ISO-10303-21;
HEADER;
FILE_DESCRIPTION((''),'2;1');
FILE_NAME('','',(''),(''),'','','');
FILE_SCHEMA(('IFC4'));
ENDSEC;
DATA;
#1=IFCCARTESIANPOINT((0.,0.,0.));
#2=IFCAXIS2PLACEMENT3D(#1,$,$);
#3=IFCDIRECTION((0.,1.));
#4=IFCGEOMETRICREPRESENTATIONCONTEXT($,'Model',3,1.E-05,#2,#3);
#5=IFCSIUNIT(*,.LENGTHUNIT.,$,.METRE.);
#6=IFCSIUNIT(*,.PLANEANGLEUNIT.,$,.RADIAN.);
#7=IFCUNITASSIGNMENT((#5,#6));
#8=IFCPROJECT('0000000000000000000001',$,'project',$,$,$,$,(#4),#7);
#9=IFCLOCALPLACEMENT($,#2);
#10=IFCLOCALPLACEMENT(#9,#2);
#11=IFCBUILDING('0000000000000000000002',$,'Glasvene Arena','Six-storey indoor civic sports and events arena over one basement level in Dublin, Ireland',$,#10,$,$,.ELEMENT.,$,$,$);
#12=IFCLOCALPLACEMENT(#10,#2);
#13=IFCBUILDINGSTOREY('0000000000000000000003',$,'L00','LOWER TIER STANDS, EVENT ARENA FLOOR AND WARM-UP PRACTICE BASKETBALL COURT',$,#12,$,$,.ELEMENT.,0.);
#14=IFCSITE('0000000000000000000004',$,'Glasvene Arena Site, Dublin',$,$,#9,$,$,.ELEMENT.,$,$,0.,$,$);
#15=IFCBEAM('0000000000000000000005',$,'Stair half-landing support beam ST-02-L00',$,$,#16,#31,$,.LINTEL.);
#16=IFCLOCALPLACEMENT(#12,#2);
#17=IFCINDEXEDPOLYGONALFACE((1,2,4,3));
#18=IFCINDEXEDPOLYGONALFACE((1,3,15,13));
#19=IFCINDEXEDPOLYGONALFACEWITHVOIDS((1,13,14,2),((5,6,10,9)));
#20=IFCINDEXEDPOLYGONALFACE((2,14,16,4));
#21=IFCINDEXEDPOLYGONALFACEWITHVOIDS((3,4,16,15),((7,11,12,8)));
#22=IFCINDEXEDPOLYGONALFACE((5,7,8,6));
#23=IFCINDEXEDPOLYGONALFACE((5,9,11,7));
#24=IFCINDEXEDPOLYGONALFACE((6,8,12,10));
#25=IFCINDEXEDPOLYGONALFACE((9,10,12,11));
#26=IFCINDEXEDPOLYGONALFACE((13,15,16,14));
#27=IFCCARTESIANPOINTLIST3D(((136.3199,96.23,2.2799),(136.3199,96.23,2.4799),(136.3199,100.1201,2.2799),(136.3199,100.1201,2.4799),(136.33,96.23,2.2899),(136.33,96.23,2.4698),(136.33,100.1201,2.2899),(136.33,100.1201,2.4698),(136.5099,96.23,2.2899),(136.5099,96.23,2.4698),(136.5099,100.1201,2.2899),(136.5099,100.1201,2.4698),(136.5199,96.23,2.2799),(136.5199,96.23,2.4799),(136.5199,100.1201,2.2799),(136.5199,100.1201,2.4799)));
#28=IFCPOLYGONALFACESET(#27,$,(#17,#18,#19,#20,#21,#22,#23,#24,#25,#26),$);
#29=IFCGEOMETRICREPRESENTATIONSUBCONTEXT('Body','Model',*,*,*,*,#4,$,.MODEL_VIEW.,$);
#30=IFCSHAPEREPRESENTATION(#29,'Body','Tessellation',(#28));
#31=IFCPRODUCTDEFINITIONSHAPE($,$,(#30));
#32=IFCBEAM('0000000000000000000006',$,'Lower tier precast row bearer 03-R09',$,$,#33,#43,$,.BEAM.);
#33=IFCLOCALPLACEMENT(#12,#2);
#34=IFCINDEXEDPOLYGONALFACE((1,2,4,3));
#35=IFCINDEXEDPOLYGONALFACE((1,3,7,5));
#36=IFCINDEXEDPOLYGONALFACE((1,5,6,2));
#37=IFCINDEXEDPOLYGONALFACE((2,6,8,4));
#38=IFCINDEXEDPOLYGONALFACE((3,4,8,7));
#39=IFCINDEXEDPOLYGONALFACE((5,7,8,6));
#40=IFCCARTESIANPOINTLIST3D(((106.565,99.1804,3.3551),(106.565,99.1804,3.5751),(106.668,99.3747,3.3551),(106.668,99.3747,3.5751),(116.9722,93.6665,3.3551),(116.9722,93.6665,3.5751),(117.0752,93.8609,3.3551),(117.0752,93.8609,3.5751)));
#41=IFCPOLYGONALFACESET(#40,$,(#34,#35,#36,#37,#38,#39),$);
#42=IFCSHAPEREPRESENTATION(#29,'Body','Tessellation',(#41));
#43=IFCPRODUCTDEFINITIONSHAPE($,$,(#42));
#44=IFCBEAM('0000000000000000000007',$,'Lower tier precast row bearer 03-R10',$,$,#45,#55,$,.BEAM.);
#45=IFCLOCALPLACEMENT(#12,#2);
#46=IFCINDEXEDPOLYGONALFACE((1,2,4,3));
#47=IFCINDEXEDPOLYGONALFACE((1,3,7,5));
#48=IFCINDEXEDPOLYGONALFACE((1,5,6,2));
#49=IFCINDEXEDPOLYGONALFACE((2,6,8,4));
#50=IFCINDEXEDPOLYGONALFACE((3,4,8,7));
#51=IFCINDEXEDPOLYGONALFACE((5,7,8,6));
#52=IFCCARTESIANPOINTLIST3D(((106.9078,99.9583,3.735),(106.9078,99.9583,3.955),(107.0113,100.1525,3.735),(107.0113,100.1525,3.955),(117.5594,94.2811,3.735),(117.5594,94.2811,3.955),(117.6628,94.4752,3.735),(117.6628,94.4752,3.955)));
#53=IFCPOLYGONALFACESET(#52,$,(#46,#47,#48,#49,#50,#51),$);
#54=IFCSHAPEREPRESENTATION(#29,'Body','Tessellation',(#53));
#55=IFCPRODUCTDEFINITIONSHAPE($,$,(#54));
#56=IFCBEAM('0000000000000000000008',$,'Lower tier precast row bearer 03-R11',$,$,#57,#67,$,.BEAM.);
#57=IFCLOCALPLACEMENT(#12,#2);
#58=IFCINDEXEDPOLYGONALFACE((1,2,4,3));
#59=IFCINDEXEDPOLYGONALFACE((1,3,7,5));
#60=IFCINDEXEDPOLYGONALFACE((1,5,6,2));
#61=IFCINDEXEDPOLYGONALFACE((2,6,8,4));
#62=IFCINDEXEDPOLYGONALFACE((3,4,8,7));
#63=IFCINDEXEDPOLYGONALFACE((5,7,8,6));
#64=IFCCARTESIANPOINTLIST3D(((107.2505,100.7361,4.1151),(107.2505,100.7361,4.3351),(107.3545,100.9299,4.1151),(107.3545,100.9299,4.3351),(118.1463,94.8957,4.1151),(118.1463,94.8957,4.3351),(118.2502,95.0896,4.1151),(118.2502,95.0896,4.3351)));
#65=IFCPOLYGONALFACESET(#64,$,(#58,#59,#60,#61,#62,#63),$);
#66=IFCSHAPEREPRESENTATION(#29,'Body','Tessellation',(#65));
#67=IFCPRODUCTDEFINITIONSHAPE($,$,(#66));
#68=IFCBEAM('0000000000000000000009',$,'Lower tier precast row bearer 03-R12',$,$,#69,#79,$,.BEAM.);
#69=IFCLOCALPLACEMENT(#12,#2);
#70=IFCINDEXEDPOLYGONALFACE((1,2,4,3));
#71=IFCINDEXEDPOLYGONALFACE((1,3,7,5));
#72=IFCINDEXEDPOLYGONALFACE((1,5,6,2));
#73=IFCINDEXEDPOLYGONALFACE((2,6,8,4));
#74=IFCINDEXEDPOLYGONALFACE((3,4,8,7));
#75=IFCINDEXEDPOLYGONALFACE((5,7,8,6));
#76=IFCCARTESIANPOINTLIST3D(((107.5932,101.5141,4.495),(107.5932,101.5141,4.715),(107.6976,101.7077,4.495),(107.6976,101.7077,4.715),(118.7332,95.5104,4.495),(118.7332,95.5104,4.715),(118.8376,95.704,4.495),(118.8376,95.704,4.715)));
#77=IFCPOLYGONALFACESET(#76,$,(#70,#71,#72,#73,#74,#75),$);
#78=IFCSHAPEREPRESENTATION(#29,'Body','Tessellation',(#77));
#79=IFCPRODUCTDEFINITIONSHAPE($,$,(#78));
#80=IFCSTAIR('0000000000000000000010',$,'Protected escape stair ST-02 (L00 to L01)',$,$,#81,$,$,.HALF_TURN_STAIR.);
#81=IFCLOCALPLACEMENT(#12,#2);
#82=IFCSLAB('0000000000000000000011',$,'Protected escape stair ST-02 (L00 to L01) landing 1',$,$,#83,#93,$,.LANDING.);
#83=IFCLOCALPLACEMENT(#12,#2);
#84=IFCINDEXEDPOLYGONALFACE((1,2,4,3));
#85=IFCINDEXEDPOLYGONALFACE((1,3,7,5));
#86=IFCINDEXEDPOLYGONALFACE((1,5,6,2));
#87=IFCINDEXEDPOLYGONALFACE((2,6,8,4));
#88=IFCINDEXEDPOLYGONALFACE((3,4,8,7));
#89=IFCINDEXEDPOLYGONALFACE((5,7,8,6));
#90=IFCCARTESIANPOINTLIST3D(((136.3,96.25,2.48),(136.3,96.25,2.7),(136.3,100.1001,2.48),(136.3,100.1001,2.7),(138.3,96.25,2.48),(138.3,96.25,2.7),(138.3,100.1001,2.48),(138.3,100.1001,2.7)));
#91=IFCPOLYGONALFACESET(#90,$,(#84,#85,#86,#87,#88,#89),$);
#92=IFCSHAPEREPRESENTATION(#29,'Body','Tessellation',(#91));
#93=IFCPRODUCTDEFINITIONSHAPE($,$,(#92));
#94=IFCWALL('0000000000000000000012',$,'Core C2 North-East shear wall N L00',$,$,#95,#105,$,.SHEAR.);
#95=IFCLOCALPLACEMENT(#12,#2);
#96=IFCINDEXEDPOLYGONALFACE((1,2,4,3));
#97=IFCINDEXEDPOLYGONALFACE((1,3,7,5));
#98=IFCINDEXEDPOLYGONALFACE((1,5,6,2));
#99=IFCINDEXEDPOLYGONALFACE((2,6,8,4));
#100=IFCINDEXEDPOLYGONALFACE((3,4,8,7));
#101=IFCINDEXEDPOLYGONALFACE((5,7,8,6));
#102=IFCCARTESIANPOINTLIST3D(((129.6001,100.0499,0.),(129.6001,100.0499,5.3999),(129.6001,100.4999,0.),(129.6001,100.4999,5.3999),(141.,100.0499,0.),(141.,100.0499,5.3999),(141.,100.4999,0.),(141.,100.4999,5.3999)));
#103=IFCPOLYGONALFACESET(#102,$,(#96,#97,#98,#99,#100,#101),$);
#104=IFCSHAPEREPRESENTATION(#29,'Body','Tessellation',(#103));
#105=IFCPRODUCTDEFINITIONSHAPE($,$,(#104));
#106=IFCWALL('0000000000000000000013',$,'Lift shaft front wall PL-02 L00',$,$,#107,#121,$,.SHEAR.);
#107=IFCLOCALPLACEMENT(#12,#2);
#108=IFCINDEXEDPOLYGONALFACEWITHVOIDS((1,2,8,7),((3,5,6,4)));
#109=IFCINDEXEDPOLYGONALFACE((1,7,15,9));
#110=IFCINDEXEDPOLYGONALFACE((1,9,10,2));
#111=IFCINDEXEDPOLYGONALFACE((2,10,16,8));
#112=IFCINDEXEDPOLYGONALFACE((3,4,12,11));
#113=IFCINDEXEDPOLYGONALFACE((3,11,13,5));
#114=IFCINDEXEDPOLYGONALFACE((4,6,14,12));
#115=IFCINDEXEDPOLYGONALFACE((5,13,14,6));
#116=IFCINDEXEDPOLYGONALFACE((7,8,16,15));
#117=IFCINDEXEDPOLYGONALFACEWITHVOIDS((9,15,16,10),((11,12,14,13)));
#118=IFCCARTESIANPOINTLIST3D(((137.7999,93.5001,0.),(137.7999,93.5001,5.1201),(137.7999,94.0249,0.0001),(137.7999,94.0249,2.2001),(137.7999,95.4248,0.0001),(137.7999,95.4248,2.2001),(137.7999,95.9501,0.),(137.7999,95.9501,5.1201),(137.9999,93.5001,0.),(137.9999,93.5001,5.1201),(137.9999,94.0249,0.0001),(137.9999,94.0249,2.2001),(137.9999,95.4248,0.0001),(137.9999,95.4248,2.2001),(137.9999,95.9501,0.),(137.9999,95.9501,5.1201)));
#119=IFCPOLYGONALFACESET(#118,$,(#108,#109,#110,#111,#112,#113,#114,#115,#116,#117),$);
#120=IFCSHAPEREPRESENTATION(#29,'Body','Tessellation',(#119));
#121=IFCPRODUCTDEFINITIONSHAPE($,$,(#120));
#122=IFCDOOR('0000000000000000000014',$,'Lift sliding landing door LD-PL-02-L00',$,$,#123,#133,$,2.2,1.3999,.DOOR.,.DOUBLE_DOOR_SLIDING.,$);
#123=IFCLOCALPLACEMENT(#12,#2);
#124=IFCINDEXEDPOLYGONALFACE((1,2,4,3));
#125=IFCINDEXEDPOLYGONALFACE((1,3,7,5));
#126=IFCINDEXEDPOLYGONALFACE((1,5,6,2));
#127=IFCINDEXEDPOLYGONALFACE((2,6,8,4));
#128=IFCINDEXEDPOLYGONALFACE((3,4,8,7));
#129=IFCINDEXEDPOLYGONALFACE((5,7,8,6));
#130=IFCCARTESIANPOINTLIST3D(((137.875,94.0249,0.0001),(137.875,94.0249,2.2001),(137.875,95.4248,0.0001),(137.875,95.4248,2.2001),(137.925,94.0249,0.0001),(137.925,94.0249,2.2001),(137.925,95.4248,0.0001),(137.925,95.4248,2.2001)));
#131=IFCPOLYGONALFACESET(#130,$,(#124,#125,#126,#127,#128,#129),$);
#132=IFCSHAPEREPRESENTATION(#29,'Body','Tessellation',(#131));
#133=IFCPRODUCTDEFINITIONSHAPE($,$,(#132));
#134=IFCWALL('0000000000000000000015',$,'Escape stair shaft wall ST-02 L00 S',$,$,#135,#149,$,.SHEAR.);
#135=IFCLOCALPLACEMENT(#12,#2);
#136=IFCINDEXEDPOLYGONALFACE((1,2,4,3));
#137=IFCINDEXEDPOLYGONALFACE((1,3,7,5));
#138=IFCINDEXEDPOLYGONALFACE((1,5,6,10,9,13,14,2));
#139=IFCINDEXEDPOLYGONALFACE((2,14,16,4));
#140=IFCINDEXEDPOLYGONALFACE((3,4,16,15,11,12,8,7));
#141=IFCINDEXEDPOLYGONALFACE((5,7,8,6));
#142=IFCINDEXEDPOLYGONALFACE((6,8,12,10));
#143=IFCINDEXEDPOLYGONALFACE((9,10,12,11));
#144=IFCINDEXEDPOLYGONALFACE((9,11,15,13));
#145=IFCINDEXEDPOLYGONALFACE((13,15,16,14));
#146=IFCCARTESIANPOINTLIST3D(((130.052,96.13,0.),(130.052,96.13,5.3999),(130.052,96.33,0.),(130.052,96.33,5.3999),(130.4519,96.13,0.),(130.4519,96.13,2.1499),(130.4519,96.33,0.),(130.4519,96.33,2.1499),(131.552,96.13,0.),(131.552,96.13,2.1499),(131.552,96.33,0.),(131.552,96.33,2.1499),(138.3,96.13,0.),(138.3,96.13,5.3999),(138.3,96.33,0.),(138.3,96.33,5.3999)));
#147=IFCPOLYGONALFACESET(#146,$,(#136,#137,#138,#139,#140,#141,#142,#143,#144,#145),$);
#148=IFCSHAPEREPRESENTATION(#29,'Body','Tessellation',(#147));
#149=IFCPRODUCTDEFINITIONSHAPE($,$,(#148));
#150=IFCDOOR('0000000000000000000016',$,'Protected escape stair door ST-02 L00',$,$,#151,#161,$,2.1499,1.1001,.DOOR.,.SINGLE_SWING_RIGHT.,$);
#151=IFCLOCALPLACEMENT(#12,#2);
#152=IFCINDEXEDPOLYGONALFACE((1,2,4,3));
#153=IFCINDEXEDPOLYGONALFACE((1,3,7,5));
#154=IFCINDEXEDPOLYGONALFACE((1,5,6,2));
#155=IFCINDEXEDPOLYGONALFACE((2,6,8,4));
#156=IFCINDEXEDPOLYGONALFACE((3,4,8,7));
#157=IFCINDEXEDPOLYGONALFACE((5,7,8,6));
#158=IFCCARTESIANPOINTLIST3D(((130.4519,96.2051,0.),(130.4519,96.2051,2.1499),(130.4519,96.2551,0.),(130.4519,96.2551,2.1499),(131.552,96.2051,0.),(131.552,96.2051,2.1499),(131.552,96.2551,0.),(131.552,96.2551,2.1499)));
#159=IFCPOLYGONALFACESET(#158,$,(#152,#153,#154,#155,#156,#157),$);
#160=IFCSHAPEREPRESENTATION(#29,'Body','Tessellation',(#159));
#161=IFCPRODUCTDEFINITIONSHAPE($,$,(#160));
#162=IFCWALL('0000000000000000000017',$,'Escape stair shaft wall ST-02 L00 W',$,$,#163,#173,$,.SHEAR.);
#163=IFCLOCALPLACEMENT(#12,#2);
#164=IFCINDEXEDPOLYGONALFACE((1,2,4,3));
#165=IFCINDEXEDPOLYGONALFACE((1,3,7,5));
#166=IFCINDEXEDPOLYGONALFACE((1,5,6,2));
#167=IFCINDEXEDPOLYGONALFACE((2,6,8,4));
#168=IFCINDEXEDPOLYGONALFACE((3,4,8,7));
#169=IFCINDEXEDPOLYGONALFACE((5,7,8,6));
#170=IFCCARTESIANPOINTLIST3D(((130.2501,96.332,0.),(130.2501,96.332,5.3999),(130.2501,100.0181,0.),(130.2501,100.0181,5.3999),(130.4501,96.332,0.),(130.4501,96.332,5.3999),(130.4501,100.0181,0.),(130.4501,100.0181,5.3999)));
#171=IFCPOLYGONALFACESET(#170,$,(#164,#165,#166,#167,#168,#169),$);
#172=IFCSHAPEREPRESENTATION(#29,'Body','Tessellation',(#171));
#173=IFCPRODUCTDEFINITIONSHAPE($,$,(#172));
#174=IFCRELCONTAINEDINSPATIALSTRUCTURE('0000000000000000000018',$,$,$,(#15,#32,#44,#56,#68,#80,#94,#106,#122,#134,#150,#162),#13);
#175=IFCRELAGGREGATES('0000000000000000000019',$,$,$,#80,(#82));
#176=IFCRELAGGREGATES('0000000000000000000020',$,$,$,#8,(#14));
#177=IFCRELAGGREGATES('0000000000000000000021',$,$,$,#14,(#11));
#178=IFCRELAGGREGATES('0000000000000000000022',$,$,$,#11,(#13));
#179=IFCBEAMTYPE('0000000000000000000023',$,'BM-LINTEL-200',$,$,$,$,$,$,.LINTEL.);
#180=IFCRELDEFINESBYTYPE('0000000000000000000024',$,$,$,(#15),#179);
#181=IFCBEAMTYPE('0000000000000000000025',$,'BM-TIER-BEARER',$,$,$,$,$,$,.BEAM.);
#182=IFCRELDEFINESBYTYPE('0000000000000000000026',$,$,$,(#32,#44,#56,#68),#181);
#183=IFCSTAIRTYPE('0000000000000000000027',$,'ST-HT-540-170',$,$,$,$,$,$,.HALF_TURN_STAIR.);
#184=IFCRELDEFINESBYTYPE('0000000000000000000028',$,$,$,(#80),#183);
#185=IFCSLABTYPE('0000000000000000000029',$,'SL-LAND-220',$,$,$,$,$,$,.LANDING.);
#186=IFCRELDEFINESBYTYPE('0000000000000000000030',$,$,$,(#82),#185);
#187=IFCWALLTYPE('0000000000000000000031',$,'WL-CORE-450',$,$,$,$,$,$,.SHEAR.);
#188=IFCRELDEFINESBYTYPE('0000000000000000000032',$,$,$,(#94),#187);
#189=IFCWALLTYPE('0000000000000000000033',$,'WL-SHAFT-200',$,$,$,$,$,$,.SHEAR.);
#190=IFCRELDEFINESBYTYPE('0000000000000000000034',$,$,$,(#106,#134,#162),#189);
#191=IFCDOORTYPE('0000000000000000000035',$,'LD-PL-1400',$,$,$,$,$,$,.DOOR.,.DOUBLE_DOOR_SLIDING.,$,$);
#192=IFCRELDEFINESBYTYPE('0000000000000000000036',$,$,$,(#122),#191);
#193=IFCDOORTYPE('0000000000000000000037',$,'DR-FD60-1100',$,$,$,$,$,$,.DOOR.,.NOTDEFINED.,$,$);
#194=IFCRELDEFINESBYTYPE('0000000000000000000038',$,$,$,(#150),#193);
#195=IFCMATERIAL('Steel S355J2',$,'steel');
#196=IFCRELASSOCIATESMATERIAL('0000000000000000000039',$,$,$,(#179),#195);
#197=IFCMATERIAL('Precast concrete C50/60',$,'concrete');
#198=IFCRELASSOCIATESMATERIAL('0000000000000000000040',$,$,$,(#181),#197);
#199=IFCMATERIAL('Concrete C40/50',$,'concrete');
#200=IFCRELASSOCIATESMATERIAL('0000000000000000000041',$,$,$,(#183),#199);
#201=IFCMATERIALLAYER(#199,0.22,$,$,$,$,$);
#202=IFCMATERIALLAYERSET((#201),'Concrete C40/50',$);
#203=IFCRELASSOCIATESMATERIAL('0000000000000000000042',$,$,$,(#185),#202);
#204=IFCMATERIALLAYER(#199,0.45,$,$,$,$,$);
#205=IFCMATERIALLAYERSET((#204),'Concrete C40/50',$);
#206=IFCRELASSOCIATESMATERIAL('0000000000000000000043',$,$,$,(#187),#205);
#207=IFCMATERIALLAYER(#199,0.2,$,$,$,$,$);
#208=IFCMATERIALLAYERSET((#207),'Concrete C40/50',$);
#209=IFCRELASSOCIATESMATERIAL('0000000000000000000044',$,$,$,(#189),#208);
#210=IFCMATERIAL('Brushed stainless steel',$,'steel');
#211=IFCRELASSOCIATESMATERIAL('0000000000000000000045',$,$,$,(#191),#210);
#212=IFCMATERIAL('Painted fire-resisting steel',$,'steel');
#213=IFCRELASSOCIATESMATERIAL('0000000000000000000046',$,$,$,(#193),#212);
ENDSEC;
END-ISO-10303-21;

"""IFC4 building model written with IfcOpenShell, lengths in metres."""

from ifc_helpers import new_model, si_unit, direction, frame, frame_2d, origin, origin_2d, place, context, subcontext, project, spatial, polyline, rectangle, hollow_rectangle, outline, extrude, material, layer, layer_set, material_profile, profile_set, type_object, element, fill, aggregate, save


model = new_model("IFC4")

# Units and contexts
model_context = context("Model", 3, precision=1e-05, world=origin(), true_north=direction((0.0, 1.0)))
body_context = subcontext(model_context, "Body", "Model", "MODEL_VIEW")
ifc_project = project(units=[si_unit("LENGTHUNIT", "METRE"), si_unit("PLANEANGLEUNIT", "RADIAN")], contexts=[model_context])

# Site, building, storey
site_placement = place(None, origin())
site = spatial("IfcSite", under=ifc_project, at=site_placement, Name="Glasvene Arena Site, Dublin", CompositionType="ELEMENT", RefElevation=0.0)
building_placement = place(site_placement, origin())
building = spatial("IfcBuilding", under=site, at=building_placement, Name="Glasvene Arena", Description="Six-storey indoor civic sports and events arena over one basement level in Dublin, Ireland", CompositionType="ELEMENT")
storey_placement = place(building_placement, origin())
storey = spatial("IfcBuildingStorey", under=building, at=storey_placement, Name="L00", Description="LOWER TIER STANDS, EVENT ARENA FLOOR AND WARM-UP PRACTICE BASKETBALL COURT", CompositionType="ELEMENT", Elevation=0.0)

# Shared definitions
ifc_material_1 = material(Name="Concrete C40/50", Category="concrete")
ifc_material_2 = material(Name="Steel S355J2", Category="steel")

# Beams
ifc_material_profile_1 = material_profile(ifc_material_2, hollow_rectangle(XDim=0.2, YDim=0.2, WallThickness=0.01, at=origin_2d()), Name="SHS 200x200x10.0")
ifc_profile_set_1 = profile_set([ifc_material_profile_1], Name="Steel S355J2")
beam_type_1 = type_object("IfcBeamType", Name="BM-LINTEL-200", PredefinedType="LINTEL", material=ifc_profile_set_1)
beam_1_placement = place(storey_placement, frame((136.4199, 96.23, 2.3799), z_axis=(0.0, 1.0, 0.0), x_axis=(-1.0, 0.0, 0.0)))
element("IfcBeam", 1, at=beam_1_placement, inside=storey, type_object=beam_type_1, Name="Stair half-landing support beam ST-02-L00", PredefinedType="LINTEL", context=body_context, shape_type="SweptSolid", body=[
    extrude(hollow_rectangle(XDim=0.2, YDim=0.2, WallThickness=0.01, at=origin_2d()), origin(), (0.0, 0.0, 1.0), 3.8901),
])
ifc_material_3 = material(Name="Precast concrete C50/60", Category="concrete")
ifc_material_profile_2 = material_profile(ifc_material_3, rectangle(XDim=0.22, YDim=0.22, at=origin_2d()), Name="RC 220x220")
ifc_profile_set_2 = profile_set([ifc_material_profile_2], Name="Precast concrete C50/60")
beam_type_2 = type_object("IfcBeamType", Name="BM-TIER-BEARER", PredefinedType="BEAM", material=ifc_profile_set_2)
beam_2_placement = place(storey_placement, frame((117.0237, 93.7637, 3.4651), z_axis=(-0.88364, 0.468167, 0.0), x_axis=(-0.468167, -0.88364, 0.0)))
element("IfcBeam", 2, at=beam_2_placement, inside=storey, type_object=beam_type_2, Name="Lower tier precast row bearer 03-R09", PredefinedType="BEAM", context=body_context, shape_type="SweptSolid", body=[
    extrude(rectangle(XDim=0.22, YDim=0.22, at=origin_2d()), origin(), (0.0, 0.0, 1.0), 11.7776),
])
beam_3_placement = place(storey_placement, frame((117.6111, 94.3782, 3.845), z_axis=(-0.882477, 0.470355, 0.0), x_axis=(-0.470355, -0.882477, 0.0)))
element("IfcBeam", 3, at=beam_3_placement, inside=storey, type_object=beam_type_2, Name="Lower tier precast row bearer 03-R10", PredefinedType="BEAM", context=body_context, shape_type="SweptSolid", body=[
    extrude(rectangle(XDim=0.22, YDim=0.22, at=origin_2d()), origin(), (0.0, 0.0, 1.0), 12.0701),
])
beam_4_placement = place(storey_placement, frame((118.1982, 94.9927, 4.2251), z_axis=(-0.881368, 0.47243, 0.0), x_axis=(-0.47243, -0.881368, 0.0)))
element("IfcBeam", 4, at=beam_4_placement, inside=storey, type_object=beam_type_2, Name="Lower tier precast row bearer 03-R11", PredefinedType="BEAM", context=body_context, shape_type="SweptSolid", body=[
    extrude(rectangle(XDim=0.22, YDim=0.22, at=origin_2d()), origin(), (0.0, 0.0, 1.0), 12.3623),
])
beam_5_placement = place(storey_placement, frame((118.7854, 95.6072, 4.605), z_axis=(-0.880298, 0.474422, 0.0), x_axis=(-0.474422, -0.880298, 0.0)))
element("IfcBeam", 5, at=beam_5_placement, inside=storey, type_object=beam_type_2, Name="Lower tier precast row bearer 03-R12", PredefinedType="BEAM", context=body_context, shape_type="SweptSolid", body=[
    extrude(rectangle(XDim=0.22, YDim=0.22, at=origin_2d()), origin(), (0.0, 0.0, 1.0), 12.6548),
])

# Stair, slab
stair_type = type_object("IfcStairType", Name="ST-HT-540-170", PredefinedType="HALF_TURN_STAIR", material=ifc_material_1)
stair_placement = place(storey_placement, origin())
stair = element("IfcStair", 6, at=stair_placement, inside=storey, type_object=stair_type, Name="Protected escape stair ST-02 (L00 to L01)", PredefinedType="HALF_TURN_STAIR")
ifc_layer_1 = layer(ifc_material_1, 0.22)
ifc_layer_set_1 = layer_set([ifc_layer_1], Name="Concrete C40/50")
slab_type = type_object("IfcSlabType", Name="SL-LAND-220", PredefinedType="LANDING", material=ifc_layer_set_1)
slab_placement = place(storey_placement, frame((137.3, 98.175, 2.48)))
slab = element("IfcSlab", 7, at=slab_placement, type_object=slab_type, Name="Protected escape stair ST-02 (L00 to L01) landing 1", PredefinedType="LANDING", context=body_context, shape_type="SweptSolid", body=[
    extrude(outline(polyline([(-1.0, -1.925), (1.0, -1.925), (1.0, 1.925), (-1.0, 1.925), (-1.0, -1.925)])), origin(), (0.0, 0.0, 1.0), 0.22),
])

# Wall
ifc_layer_2 = layer(ifc_material_1, 0.45)
ifc_layer_set_2 = layer_set([ifc_layer_2], Name="Concrete C40/50")
wall_type_1 = type_object("IfcWallType", Name="WL-CORE-450", PredefinedType="SHEAR", material=ifc_layer_set_2)
wall_1_placement = place(storey_placement, frame((129.6001, 100.2749, 0.0), z_axis=(0.0, 0.0, 1.0), x_axis=(1.0, 0.0, 0.0)))
element("IfcWall", 8, at=wall_1_placement, inside=storey, type_object=wall_type_1, Name="Core C2 North-East shear wall N L00", PredefinedType="SHEAR", context=body_context, shape_type="SweptSolid", body=[
    extrude(rectangle(XDim=11.3999, YDim=0.45, at=frame_2d((5.7, 0.0))), origin(), (0.0, 0.0, 1.0), 5.3999),
])

# Walls, openings, doors
ifc_layer_3 = layer(ifc_material_1, 0.2)
ifc_layer_set_3 = layer_set([ifc_layer_3], Name="Concrete C40/50")
wall_type_2 = type_object("IfcWallType", Name="WL-SHAFT-200", PredefinedType="SHEAR", material=ifc_layer_set_3)
wall_2_placement = place(storey_placement, frame((137.8999, 93.5, 0.0), z_axis=(0.0, 0.0, 1.0), x_axis=(0.0, 1.0, 0.0)))
wall_2 = element("IfcWall", 9, at=wall_2_placement, inside=storey, type_object=wall_type_2, Name="Lift shaft front wall PL-02 L00", PredefinedType="SHEAR", context=body_context, shape_type="SweptSolid", body=[
    extrude(rectangle(XDim=2.45, YDim=0.2, at=frame_2d((1.2251, 0.0))), origin(), (0.0, 0.0, 1.0), 5.1201),
])
opening_1_placement = place(wall_2_placement, frame((0.5249, 0.0, 0.0)))
opening_1 = element("IfcOpeningElement", 10, at=opening_1_placement, cuts=wall_2, PredefinedType="OPENING", context=body_context, shape_type="SweptSolid", body=[
    extrude(rectangle(XDim=1.3999, YDim=2.2, at=frame_2d((0.7, 1.1001))), frame((0.0, 0.1099, 0.0), z_axis=(0.0, -1.0, 0.0), x_axis=(1.0, 0.0, 0.0)), (0.0, 0.0, 1.0), 0.22),
])
ifc_material_4 = material(Name="Brushed stainless steel", Category="steel")
door_type_1 = type_object("IfcDoorType", Name="LD-PL-1400", OperationType="DOUBLE_DOOR_SLIDING", PredefinedType="DOOR", material=ifc_material_4)
door_1_placement = place(opening_1_placement, origin())
door_1 = element("IfcDoor", 11, at=door_1_placement, inside=storey, type_object=door_type_1, Name="Lift sliding landing door LD-PL-02-L00", OperationType="DOUBLE_DOOR_SLIDING", OverallHeight=2.2, OverallWidth=1.3999, PredefinedType="DOOR", context=body_context, shape_type="SweptSolid", body=[
    extrude(rectangle(XDim=1.3999, YDim=2.2, at=frame_2d((0.7, 1.1001))), frame((0.0, 0.0249, 0.0), z_axis=(0.0, -1.0, 0.0), x_axis=(1.0, 0.0, 0.0)), (0.0, 0.0, 1.0), 0.05),
])
fill(opening_1, door_1)
wall_3_placement = place(storey_placement, frame((130.052, 96.23, 0.0), z_axis=(0.0, 0.0, 1.0), x_axis=(1.0, 0.0, 0.0)))
wall_3 = element("IfcWall", 12, at=wall_3_placement, inside=storey, type_object=wall_type_2, Name="Escape stair shaft wall ST-02 L00 S", PredefinedType="SHEAR", context=body_context, shape_type="SweptSolid", body=[
    extrude(rectangle(XDim=8.248, YDim=0.2, at=frame_2d((4.124, 0.0))), origin(), (0.0, 0.0, 1.0), 5.3999),
])
opening_2_placement = place(wall_3_placement, frame((0.3999, 0.0, 0.0)))
opening_2 = element("IfcOpeningElement", 13, at=opening_2_placement, cuts=wall_3, PredefinedType="OPENING", context=body_context, shape_type="SweptSolid", body=[
    extrude(rectangle(XDim=1.1001, YDim=2.1499, at=frame_2d((0.55, 1.075))), frame((0.0, 0.1099, 0.0), z_axis=(0.0, -1.0, 0.0), x_axis=(1.0, 0.0, 0.0)), (0.0, 0.0, 1.0), 0.22),
])
ifc_material_5 = material(Name="Painted fire-resisting steel", Category="steel")
door_type_2 = type_object("IfcDoorType", Name="DR-FD60-1100", OperationType="NOTDEFINED", PredefinedType="DOOR", material=ifc_material_5)
door_2_placement = place(opening_2_placement, frame((1.1001, 0.0, 0.0), z_axis=(0.0, 0.0, 1.0), x_axis=(-1.0, 0.0, 0.0)))
door_2 = element("IfcDoor", 14, at=door_2_placement, inside=storey, type_object=door_type_2, Name="Protected escape stair door ST-02 L00", OperationType="SINGLE_SWING_RIGHT", OverallHeight=2.1499, OverallWidth=1.1001, PredefinedType="DOOR", context=body_context, shape_type="SweptSolid", body=[
    extrude(rectangle(XDim=1.1001, YDim=2.1499, at=frame_2d((0.55, 1.075))), frame((0.0, 0.0249, 0.0), z_axis=(0.0, -1.0, 0.0), x_axis=(1.0, 0.0, 0.0)), (0.0, 0.0, 1.0), 0.05),
])
fill(opening_2, door_2)

# Wall
for number, where, z_axis, x_axis, name in (
    (15, (130.3501, 96.332, 0.0), (0.0, 0.0, 1.0), (0.0, 1.0, 0.0), "Escape stair shaft wall ST-02 L00 W"),
):
    element("IfcWall", number, at=place(storey_placement, frame(where, z_axis=z_axis, x_axis=x_axis)), inside=storey, type_object=wall_type_2, Name=name, PredefinedType="SHEAR", context=body_context, shape_type="SweptSolid", body=[
        extrude(rectangle(XDim=3.686, YDim=0.2, at=frame_2d((1.843, 0.0))), origin(), (0.0, 0.0, 1.0), 5.3999),
    ])

aggregate(stair, [slab])

save(model, "model.ifc")
